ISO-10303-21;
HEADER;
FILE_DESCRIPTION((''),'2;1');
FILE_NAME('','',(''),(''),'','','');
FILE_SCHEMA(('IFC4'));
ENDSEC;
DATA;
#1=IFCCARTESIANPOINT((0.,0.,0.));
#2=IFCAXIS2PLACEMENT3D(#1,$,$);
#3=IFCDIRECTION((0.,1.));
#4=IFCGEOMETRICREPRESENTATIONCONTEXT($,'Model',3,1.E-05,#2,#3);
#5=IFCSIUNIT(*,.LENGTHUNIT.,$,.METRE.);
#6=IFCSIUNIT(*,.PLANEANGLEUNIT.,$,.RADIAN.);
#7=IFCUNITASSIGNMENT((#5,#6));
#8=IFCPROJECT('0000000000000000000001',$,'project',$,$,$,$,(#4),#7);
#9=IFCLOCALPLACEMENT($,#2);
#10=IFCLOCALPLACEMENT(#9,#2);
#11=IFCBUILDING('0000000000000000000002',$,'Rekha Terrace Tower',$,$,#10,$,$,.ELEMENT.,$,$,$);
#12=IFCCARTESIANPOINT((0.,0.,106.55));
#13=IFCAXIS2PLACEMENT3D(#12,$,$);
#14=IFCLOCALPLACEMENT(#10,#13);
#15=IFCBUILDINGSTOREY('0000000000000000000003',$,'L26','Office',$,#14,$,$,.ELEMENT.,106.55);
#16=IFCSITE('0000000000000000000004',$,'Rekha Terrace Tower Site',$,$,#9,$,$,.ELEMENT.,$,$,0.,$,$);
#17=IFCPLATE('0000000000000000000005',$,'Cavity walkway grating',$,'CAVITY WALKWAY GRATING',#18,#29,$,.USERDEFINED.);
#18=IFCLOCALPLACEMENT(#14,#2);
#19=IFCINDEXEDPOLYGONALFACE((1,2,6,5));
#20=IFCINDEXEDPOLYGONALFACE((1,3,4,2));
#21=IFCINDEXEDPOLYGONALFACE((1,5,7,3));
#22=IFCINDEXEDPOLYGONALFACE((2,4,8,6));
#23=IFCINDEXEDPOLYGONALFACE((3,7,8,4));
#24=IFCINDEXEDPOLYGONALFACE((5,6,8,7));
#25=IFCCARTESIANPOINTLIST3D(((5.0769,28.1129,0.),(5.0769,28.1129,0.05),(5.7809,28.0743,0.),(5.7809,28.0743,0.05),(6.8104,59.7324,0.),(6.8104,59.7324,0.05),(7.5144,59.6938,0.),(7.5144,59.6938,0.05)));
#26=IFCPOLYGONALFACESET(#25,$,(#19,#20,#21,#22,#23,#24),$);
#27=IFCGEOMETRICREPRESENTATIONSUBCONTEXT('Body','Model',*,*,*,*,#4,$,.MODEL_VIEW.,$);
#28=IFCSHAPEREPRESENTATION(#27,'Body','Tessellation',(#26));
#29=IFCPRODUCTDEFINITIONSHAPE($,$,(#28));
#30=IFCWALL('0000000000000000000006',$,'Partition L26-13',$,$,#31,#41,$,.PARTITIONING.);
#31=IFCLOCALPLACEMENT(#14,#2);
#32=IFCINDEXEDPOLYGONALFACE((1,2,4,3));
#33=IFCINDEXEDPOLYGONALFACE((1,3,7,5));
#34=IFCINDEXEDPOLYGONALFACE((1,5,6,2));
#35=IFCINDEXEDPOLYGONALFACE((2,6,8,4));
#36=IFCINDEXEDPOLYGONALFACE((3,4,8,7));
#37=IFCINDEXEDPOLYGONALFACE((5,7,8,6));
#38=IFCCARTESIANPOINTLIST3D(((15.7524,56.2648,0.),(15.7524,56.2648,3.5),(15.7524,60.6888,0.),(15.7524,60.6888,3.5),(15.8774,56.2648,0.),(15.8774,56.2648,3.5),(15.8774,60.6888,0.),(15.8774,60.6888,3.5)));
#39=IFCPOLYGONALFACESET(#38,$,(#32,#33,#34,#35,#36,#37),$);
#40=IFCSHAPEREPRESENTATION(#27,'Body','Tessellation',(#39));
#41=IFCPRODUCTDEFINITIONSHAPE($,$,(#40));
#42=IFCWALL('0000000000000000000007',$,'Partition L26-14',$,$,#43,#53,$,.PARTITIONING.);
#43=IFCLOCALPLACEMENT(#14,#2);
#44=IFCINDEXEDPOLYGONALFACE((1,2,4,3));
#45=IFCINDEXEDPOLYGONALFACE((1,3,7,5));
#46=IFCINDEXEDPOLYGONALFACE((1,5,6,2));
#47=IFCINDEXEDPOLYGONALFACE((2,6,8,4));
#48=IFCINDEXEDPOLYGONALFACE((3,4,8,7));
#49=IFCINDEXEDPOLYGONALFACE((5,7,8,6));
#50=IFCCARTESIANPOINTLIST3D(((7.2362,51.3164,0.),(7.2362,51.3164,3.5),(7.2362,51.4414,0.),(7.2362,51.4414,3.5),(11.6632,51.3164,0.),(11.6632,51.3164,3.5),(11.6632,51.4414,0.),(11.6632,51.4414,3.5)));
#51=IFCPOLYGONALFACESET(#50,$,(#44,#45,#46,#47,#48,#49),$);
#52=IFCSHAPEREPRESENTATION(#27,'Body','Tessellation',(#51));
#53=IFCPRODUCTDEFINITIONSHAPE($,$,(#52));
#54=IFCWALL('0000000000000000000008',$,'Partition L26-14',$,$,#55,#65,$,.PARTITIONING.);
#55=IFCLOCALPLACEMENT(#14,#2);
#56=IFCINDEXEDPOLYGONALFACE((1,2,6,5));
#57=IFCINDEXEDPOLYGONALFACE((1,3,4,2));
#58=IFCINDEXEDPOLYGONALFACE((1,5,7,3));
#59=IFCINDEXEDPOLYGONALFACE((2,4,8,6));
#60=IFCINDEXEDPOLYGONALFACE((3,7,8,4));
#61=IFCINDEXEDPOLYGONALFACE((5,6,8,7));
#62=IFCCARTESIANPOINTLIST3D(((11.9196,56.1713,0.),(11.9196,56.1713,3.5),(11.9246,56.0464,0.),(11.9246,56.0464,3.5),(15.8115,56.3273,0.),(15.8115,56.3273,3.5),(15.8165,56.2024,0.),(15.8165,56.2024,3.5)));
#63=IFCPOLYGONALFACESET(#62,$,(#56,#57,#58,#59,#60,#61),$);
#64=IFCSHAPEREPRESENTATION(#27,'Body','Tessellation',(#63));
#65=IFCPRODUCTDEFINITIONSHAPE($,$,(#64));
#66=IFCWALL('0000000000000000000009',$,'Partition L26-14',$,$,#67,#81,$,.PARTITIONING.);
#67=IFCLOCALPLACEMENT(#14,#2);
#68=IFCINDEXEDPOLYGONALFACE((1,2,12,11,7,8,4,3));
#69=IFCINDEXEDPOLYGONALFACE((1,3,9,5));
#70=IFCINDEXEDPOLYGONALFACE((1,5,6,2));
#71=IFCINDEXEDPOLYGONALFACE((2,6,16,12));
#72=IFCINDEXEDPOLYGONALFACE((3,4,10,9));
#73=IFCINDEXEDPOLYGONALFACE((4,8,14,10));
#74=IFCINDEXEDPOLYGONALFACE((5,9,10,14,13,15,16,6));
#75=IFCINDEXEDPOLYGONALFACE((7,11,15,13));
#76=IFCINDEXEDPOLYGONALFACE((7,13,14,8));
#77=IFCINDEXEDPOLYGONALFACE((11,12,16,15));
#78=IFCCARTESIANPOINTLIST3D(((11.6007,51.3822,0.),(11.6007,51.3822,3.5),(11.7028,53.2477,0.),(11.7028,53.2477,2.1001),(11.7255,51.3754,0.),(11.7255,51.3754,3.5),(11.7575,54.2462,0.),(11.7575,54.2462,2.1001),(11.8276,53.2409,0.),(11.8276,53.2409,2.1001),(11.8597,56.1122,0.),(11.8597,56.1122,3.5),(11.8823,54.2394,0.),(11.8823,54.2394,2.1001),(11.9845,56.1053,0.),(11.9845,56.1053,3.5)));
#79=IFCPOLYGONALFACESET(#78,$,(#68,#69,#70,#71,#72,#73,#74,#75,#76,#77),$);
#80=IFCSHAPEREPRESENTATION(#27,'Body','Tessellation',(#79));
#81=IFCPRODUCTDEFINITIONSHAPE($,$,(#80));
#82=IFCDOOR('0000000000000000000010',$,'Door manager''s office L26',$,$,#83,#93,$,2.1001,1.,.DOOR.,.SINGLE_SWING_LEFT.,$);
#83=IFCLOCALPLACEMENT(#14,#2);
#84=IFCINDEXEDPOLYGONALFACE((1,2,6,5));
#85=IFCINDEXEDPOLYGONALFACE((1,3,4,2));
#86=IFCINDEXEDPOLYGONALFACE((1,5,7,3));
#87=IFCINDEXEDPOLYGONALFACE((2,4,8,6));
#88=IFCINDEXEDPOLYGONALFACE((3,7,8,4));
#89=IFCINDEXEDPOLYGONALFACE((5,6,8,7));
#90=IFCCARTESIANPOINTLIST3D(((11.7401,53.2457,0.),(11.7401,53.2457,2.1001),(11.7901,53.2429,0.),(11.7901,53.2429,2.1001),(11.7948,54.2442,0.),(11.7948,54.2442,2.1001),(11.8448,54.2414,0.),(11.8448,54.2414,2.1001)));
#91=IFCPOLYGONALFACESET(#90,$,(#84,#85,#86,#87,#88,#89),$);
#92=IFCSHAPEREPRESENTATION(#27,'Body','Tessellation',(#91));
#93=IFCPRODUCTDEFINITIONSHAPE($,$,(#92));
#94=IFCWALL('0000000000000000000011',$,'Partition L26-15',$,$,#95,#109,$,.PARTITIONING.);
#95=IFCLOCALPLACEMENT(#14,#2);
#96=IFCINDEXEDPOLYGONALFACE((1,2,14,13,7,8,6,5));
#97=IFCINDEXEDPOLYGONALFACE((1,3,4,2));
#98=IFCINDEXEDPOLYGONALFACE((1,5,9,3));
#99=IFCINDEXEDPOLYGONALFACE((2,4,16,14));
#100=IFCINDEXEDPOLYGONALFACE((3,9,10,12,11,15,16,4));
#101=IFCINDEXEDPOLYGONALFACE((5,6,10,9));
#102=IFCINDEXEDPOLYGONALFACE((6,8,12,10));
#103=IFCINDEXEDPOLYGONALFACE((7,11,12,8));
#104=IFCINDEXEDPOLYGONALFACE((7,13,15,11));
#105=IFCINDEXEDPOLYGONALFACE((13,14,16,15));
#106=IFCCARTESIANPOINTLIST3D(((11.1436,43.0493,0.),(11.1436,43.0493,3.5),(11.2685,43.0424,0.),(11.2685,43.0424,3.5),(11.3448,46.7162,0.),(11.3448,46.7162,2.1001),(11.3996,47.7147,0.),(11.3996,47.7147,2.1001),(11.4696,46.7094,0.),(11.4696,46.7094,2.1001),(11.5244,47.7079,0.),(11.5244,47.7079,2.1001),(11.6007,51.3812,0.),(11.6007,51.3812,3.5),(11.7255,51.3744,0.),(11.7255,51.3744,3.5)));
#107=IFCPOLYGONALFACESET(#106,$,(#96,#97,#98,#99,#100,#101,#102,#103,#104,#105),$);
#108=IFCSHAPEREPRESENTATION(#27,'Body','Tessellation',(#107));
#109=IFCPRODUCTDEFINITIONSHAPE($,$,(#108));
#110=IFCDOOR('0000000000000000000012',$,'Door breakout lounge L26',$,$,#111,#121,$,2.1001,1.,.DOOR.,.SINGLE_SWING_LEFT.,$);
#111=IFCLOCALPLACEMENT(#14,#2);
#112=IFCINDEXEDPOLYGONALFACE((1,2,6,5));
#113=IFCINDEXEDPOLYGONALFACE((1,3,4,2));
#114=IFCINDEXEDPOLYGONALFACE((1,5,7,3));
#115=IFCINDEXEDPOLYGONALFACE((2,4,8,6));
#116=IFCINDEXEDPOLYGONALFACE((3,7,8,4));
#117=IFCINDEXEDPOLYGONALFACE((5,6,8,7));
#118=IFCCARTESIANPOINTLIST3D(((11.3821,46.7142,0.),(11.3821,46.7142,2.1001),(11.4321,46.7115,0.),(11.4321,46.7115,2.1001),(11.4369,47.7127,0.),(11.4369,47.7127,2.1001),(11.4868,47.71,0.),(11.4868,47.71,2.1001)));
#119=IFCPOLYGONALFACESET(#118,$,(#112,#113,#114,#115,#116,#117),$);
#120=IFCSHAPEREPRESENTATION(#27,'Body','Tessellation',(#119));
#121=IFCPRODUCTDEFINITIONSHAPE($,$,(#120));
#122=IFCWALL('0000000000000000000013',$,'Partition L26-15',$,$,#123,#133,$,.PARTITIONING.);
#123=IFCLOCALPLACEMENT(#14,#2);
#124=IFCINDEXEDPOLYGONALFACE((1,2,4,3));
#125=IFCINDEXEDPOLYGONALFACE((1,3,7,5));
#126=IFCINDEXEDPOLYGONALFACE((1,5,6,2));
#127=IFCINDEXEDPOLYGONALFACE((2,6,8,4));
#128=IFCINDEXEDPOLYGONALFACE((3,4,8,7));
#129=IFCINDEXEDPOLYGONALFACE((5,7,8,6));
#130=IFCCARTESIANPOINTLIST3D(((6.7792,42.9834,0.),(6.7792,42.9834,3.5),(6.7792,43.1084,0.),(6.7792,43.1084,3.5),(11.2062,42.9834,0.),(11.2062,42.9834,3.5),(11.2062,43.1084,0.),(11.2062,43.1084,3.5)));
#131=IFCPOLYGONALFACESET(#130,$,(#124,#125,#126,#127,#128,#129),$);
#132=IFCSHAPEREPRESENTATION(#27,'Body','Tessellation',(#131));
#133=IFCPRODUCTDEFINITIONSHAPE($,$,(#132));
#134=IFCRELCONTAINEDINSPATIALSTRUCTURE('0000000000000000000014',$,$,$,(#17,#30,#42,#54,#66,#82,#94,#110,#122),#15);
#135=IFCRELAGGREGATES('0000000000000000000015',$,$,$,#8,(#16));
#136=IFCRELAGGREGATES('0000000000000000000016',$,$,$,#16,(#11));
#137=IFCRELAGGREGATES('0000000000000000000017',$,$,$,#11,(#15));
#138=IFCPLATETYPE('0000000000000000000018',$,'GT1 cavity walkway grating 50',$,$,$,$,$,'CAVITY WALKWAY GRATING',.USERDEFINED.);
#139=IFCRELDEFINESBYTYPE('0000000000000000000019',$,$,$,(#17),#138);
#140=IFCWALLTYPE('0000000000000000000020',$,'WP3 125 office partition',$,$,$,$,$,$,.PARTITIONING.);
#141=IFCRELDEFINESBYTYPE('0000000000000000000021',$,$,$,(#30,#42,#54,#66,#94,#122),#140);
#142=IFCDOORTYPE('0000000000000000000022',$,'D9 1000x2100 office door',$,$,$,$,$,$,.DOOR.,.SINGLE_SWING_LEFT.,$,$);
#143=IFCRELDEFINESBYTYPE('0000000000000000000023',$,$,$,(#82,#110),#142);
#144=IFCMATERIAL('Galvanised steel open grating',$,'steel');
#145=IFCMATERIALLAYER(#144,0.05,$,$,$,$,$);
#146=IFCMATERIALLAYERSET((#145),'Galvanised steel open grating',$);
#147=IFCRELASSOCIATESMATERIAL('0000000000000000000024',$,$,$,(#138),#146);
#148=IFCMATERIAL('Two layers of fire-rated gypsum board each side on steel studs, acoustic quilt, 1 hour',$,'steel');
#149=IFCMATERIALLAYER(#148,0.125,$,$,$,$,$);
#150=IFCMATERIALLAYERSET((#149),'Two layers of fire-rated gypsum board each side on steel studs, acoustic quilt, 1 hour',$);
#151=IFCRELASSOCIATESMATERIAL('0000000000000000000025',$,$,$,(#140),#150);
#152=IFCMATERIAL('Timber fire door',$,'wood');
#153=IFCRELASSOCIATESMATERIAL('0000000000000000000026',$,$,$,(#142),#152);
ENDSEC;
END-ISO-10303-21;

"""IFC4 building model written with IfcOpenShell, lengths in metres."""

from ifc_helpers import new_model, si_unit, direction, frame, frame_2d, origin, origin_2d, place, context, subcontext, project, spatial, rectangle, extrude, material, layer, layer_set, type_object, element, fill, save


model = new_model("IFC4")

# Units and contexts
model_context = context("Model", 3, precision=1e-05, world=origin(), true_north=direction((0.0, 1.0)))
body_context = subcontext(model_context, "Body", "Model", "MODEL_VIEW")
ifc_project = project(units=[si_unit("LENGTHUNIT", "METRE"), si_unit("PLANEANGLEUNIT", "RADIAN")], contexts=[model_context])

# Site, building, storey
site_placement = place(None, origin())
site = spatial("IfcSite", under=ifc_project, at=site_placement, Name="Rekha Terrace Tower Site", CompositionType="ELEMENT", RefElevation=0.0)
building_placement = place(site_placement, origin())
building = spatial("IfcBuilding", under=site, at=building_placement, Name="Rekha Terrace Tower", CompositionType="ELEMENT")
storey_placement = place(building_placement, frame((0.0, 0.0, 106.55)))
storey = spatial("IfcBuildingStorey", under=building, at=storey_placement, Name="L26", Description="Office", CompositionType="ELEMENT", Elevation=106.55)

# Plate
ifc_material_1 = material(Name="Galvanised steel open grating", Category="steel")
ifc_layer_1 = layer(ifc_material_1, 0.05)
ifc_layer_set_1 = layer_set([ifc_layer_1], Name="Galvanised steel open grating")
plate_type_1 = type_object("IfcPlateType", Name="GT1 cavity walkway grating 50", ElementType="CAVITY WALKWAY GRATING", PredefinedType="USERDEFINED", material=ifc_layer_set_1)
plate_1_placement = place(storey_placement, frame((6.2957, 43.9033, 0.0), z_axis=(0.0, 0.0, 1.0), x_axis=(-0.054742, -0.998501, 0.0)))
element("IfcPlate", 1, at=plate_1_placement, inside=storey, type_object=plate_type_1, Name="Cavity walkway grating", ObjectType="CAVITY WALKWAY GRATING", PredefinedType="USERDEFINED", context=body_context, shape_type="SweptSolid", body=[
    extrude(rectangle(XDim=31.667, YDim=0.7051, at=origin_2d()), origin(), (0.0, 0.0, 1.0), 0.05),
])

# Walls
ifc_material_2 = material(Name="Two layers of fire-rated gypsum board each side on steel studs, acoustic quilt, 1 hour", Category="steel")
ifc_layer_2 = layer(ifc_material_2, 0.125)
ifc_layer_set_2 = layer_set([ifc_layer_2], Name="Two layers of fire-rated gypsum board each side on steel studs, acoustic quilt, 1 hour")
wall_type = type_object("IfcWallType", Name="WP3 125 office partition", PredefinedType="PARTITIONING", material=ifc_layer_set_2)
wall_1_placement = place(storey_placement, frame((15.8149, 56.2649, 0.0), z_axis=(0.0, 0.0, 1.0), x_axis=(0.0, 1.0, 0.0)))
element("IfcWall", 2, at=wall_1_placement, inside=storey, type_object=wall_type, Name="Partition L26-13", PredefinedType="PARTITIONING", context=body_context, shape_type="SweptSolid", body=[
    extrude(rectangle(XDim=4.4241, YDim=0.125, at=frame_2d((2.2119, 0.0))), origin(), (0.0, 0.0, 1.0), 3.5),
])
wall_2_placement = place(storey_placement, frame((11.6631, 51.3789, 0.0), z_axis=(0.0, 0.0, 1.0), x_axis=(-1.0, 0.0, 0.0)))
element("IfcWall", 3, at=wall_2_placement, inside=storey, type_object=wall_type, Name="Partition L26-14", PredefinedType="PARTITIONING", context=body_context, shape_type="SweptSolid", body=[
    extrude(rectangle(XDim=4.427, YDim=0.125, at=frame_2d((2.2134, 0.0))), origin(), (0.0, 0.0, 1.0), 3.5),
])
wall_3_placement = place(storey_placement, frame((15.814, 56.2649, 0.0), z_axis=(0.0, 0.0, 1.0), x_axis=(-0.999198, -0.040053, 0.0)))
element("IfcWall", 4, at=wall_3_placement, inside=storey, type_object=wall_type, Name="Partition L26-14", PredefinedType="PARTITIONING", context=body_context, shape_type="SweptSolid", body=[
    extrude(rectangle(XDim=3.895, YDim=0.125, at=frame_2d((1.9475, 0.0))), origin(), (0.0, 0.0, 1.0), 3.5),
])

# Walls, openings, doors
wall_4_placement = place(storey_placement, frame((11.9221, 56.1089, 0.0), z_axis=(0.0, 0.0, 1.0), x_axis=(-0.054682, -0.998504, 0.0)))
wall_4 = element("IfcWall", 5, at=wall_4_placement, inside=storey, type_object=wall_type, Name="Partition L26-14", PredefinedType="PARTITIONING", context=body_context, shape_type="SweptSolid", body=[
    extrude(rectangle(XDim=4.7371, YDim=0.125, at=frame_2d((2.3687, 0.0))), origin(), (0.0, 0.0, 1.0), 3.5),
])
opening_1_placement = place(wall_4_placement, frame((1.8689, 0.0, 0.0)))
opening_1 = element("IfcOpeningElement", 6, at=opening_1_placement, cuts=wall_4, PredefinedType="OPENING", context=body_context, shape_type="SweptSolid", body=[
    extrude(rectangle(XDim=1.0, YDim=2.1001, at=frame_2d((0.5, 1.05))), frame((0.0, 0.0725, 0.0), z_axis=(0.0, -1.0, 0.0), x_axis=(1.0, 0.0, 0.0)), (0.0, 0.0, 1.0), 0.145),
])
ifc_material_3 = material(Name="Timber fire door", Category="wood")
door_type = type_object("IfcDoorType", Name="D9 1000x2100 office door", OperationType="SINGLE_SWING_LEFT", PredefinedType="DOOR", material=ifc_material_3)
door_1_placement = place(opening_1_placement, origin())
door_1 = element("IfcDoor", 7, at=door_1_placement, inside=storey, type_object=door_type, Name="Door manager's office L26", OperationType="SINGLE_SWING_LEFT", OverallHeight=2.1001, OverallWidth=1.0, PredefinedType="DOOR", context=body_context, shape_type="SweptSolid", body=[
    extrude(rectangle(XDim=1.0, YDim=2.1001, at=frame_2d((0.5, 1.05))), frame((0.0, 0.0249, 0.0), z_axis=(0.0, -1.0, 0.0), x_axis=(1.0, 0.0, 0.0)), (0.0, 0.0, 1.0), 0.05),
])
fill(opening_1, door_1)
wall_5_placement = place(storey_placement, frame((11.6631, 51.3779, 0.0), z_axis=(0.0, 0.0, 1.0), x_axis=(-0.05477, -0.998499, 0.0)))
wall_5 = element("IfcWall", 8, at=wall_5_placement, inside=storey, type_object=wall_type, Name="Partition L26-15", PredefinedType="PARTITIONING", context=body_context, shape_type="SweptSolid", body=[
    extrude(rectangle(XDim=8.3445, YDim=0.125, at=frame_2d((4.1724, 0.0))), origin(), (0.0, 0.0, 1.0), 3.5),
])
opening_2_placement = place(wall_5_placement, frame((3.6721, 0.0, 0.0)))
opening_2 = element("IfcOpeningElement", 9, at=opening_2_placement, cuts=wall_5, PredefinedType="OPENING", context=body_context, shape_type="SweptSolid", body=[
    extrude(rectangle(XDim=1.0, YDim=2.1001, at=frame_2d((0.5, 1.05))), frame((0.0, 0.0725, 0.0), z_axis=(0.0, -1.0, 0.0), x_axis=(1.0, 0.0, 0.0)), (0.0, 0.0, 1.0), 0.145),
])
door_2_placement = place(opening_2_placement, origin())
door_2 = element("IfcDoor", 10, at=door_2_placement, inside=storey, type_object=door_type, Name="Door breakout lounge L26", OperationType="SINGLE_SWING_LEFT", OverallHeight=2.1001, OverallWidth=1.0, PredefinedType="DOOR", context=body_context, shape_type="SweptSolid", body=[
    extrude(rectangle(XDim=1.0, YDim=2.1001, at=frame_2d((0.5, 1.05))), frame((0.0, 0.0249, 0.0), z_axis=(0.0, -1.0, 0.0), x_axis=(1.0, 0.0, 0.0)), (0.0, 0.0, 1.0), 0.05),
])
fill(opening_2, door_2)

# Wall
wall_6_placement = place(storey_placement, frame((11.2061, 43.0459, 0.0), z_axis=(0.0, 0.0, 1.0), x_axis=(-1.0, 0.0, 0.0)))
element("IfcWall", 11, at=wall_6_placement, inside=storey, type_object=wall_type, Name="Partition L26-15", PredefinedType="PARTITIONING", context=body_context, shape_type="SweptSolid", body=[
    extrude(rectangle(XDim=4.427, YDim=0.125, at=frame_2d((2.2134, 0.0))), origin(), (0.0, 0.0, 1.0), 3.5),
])

save(model, "model.ifc")
